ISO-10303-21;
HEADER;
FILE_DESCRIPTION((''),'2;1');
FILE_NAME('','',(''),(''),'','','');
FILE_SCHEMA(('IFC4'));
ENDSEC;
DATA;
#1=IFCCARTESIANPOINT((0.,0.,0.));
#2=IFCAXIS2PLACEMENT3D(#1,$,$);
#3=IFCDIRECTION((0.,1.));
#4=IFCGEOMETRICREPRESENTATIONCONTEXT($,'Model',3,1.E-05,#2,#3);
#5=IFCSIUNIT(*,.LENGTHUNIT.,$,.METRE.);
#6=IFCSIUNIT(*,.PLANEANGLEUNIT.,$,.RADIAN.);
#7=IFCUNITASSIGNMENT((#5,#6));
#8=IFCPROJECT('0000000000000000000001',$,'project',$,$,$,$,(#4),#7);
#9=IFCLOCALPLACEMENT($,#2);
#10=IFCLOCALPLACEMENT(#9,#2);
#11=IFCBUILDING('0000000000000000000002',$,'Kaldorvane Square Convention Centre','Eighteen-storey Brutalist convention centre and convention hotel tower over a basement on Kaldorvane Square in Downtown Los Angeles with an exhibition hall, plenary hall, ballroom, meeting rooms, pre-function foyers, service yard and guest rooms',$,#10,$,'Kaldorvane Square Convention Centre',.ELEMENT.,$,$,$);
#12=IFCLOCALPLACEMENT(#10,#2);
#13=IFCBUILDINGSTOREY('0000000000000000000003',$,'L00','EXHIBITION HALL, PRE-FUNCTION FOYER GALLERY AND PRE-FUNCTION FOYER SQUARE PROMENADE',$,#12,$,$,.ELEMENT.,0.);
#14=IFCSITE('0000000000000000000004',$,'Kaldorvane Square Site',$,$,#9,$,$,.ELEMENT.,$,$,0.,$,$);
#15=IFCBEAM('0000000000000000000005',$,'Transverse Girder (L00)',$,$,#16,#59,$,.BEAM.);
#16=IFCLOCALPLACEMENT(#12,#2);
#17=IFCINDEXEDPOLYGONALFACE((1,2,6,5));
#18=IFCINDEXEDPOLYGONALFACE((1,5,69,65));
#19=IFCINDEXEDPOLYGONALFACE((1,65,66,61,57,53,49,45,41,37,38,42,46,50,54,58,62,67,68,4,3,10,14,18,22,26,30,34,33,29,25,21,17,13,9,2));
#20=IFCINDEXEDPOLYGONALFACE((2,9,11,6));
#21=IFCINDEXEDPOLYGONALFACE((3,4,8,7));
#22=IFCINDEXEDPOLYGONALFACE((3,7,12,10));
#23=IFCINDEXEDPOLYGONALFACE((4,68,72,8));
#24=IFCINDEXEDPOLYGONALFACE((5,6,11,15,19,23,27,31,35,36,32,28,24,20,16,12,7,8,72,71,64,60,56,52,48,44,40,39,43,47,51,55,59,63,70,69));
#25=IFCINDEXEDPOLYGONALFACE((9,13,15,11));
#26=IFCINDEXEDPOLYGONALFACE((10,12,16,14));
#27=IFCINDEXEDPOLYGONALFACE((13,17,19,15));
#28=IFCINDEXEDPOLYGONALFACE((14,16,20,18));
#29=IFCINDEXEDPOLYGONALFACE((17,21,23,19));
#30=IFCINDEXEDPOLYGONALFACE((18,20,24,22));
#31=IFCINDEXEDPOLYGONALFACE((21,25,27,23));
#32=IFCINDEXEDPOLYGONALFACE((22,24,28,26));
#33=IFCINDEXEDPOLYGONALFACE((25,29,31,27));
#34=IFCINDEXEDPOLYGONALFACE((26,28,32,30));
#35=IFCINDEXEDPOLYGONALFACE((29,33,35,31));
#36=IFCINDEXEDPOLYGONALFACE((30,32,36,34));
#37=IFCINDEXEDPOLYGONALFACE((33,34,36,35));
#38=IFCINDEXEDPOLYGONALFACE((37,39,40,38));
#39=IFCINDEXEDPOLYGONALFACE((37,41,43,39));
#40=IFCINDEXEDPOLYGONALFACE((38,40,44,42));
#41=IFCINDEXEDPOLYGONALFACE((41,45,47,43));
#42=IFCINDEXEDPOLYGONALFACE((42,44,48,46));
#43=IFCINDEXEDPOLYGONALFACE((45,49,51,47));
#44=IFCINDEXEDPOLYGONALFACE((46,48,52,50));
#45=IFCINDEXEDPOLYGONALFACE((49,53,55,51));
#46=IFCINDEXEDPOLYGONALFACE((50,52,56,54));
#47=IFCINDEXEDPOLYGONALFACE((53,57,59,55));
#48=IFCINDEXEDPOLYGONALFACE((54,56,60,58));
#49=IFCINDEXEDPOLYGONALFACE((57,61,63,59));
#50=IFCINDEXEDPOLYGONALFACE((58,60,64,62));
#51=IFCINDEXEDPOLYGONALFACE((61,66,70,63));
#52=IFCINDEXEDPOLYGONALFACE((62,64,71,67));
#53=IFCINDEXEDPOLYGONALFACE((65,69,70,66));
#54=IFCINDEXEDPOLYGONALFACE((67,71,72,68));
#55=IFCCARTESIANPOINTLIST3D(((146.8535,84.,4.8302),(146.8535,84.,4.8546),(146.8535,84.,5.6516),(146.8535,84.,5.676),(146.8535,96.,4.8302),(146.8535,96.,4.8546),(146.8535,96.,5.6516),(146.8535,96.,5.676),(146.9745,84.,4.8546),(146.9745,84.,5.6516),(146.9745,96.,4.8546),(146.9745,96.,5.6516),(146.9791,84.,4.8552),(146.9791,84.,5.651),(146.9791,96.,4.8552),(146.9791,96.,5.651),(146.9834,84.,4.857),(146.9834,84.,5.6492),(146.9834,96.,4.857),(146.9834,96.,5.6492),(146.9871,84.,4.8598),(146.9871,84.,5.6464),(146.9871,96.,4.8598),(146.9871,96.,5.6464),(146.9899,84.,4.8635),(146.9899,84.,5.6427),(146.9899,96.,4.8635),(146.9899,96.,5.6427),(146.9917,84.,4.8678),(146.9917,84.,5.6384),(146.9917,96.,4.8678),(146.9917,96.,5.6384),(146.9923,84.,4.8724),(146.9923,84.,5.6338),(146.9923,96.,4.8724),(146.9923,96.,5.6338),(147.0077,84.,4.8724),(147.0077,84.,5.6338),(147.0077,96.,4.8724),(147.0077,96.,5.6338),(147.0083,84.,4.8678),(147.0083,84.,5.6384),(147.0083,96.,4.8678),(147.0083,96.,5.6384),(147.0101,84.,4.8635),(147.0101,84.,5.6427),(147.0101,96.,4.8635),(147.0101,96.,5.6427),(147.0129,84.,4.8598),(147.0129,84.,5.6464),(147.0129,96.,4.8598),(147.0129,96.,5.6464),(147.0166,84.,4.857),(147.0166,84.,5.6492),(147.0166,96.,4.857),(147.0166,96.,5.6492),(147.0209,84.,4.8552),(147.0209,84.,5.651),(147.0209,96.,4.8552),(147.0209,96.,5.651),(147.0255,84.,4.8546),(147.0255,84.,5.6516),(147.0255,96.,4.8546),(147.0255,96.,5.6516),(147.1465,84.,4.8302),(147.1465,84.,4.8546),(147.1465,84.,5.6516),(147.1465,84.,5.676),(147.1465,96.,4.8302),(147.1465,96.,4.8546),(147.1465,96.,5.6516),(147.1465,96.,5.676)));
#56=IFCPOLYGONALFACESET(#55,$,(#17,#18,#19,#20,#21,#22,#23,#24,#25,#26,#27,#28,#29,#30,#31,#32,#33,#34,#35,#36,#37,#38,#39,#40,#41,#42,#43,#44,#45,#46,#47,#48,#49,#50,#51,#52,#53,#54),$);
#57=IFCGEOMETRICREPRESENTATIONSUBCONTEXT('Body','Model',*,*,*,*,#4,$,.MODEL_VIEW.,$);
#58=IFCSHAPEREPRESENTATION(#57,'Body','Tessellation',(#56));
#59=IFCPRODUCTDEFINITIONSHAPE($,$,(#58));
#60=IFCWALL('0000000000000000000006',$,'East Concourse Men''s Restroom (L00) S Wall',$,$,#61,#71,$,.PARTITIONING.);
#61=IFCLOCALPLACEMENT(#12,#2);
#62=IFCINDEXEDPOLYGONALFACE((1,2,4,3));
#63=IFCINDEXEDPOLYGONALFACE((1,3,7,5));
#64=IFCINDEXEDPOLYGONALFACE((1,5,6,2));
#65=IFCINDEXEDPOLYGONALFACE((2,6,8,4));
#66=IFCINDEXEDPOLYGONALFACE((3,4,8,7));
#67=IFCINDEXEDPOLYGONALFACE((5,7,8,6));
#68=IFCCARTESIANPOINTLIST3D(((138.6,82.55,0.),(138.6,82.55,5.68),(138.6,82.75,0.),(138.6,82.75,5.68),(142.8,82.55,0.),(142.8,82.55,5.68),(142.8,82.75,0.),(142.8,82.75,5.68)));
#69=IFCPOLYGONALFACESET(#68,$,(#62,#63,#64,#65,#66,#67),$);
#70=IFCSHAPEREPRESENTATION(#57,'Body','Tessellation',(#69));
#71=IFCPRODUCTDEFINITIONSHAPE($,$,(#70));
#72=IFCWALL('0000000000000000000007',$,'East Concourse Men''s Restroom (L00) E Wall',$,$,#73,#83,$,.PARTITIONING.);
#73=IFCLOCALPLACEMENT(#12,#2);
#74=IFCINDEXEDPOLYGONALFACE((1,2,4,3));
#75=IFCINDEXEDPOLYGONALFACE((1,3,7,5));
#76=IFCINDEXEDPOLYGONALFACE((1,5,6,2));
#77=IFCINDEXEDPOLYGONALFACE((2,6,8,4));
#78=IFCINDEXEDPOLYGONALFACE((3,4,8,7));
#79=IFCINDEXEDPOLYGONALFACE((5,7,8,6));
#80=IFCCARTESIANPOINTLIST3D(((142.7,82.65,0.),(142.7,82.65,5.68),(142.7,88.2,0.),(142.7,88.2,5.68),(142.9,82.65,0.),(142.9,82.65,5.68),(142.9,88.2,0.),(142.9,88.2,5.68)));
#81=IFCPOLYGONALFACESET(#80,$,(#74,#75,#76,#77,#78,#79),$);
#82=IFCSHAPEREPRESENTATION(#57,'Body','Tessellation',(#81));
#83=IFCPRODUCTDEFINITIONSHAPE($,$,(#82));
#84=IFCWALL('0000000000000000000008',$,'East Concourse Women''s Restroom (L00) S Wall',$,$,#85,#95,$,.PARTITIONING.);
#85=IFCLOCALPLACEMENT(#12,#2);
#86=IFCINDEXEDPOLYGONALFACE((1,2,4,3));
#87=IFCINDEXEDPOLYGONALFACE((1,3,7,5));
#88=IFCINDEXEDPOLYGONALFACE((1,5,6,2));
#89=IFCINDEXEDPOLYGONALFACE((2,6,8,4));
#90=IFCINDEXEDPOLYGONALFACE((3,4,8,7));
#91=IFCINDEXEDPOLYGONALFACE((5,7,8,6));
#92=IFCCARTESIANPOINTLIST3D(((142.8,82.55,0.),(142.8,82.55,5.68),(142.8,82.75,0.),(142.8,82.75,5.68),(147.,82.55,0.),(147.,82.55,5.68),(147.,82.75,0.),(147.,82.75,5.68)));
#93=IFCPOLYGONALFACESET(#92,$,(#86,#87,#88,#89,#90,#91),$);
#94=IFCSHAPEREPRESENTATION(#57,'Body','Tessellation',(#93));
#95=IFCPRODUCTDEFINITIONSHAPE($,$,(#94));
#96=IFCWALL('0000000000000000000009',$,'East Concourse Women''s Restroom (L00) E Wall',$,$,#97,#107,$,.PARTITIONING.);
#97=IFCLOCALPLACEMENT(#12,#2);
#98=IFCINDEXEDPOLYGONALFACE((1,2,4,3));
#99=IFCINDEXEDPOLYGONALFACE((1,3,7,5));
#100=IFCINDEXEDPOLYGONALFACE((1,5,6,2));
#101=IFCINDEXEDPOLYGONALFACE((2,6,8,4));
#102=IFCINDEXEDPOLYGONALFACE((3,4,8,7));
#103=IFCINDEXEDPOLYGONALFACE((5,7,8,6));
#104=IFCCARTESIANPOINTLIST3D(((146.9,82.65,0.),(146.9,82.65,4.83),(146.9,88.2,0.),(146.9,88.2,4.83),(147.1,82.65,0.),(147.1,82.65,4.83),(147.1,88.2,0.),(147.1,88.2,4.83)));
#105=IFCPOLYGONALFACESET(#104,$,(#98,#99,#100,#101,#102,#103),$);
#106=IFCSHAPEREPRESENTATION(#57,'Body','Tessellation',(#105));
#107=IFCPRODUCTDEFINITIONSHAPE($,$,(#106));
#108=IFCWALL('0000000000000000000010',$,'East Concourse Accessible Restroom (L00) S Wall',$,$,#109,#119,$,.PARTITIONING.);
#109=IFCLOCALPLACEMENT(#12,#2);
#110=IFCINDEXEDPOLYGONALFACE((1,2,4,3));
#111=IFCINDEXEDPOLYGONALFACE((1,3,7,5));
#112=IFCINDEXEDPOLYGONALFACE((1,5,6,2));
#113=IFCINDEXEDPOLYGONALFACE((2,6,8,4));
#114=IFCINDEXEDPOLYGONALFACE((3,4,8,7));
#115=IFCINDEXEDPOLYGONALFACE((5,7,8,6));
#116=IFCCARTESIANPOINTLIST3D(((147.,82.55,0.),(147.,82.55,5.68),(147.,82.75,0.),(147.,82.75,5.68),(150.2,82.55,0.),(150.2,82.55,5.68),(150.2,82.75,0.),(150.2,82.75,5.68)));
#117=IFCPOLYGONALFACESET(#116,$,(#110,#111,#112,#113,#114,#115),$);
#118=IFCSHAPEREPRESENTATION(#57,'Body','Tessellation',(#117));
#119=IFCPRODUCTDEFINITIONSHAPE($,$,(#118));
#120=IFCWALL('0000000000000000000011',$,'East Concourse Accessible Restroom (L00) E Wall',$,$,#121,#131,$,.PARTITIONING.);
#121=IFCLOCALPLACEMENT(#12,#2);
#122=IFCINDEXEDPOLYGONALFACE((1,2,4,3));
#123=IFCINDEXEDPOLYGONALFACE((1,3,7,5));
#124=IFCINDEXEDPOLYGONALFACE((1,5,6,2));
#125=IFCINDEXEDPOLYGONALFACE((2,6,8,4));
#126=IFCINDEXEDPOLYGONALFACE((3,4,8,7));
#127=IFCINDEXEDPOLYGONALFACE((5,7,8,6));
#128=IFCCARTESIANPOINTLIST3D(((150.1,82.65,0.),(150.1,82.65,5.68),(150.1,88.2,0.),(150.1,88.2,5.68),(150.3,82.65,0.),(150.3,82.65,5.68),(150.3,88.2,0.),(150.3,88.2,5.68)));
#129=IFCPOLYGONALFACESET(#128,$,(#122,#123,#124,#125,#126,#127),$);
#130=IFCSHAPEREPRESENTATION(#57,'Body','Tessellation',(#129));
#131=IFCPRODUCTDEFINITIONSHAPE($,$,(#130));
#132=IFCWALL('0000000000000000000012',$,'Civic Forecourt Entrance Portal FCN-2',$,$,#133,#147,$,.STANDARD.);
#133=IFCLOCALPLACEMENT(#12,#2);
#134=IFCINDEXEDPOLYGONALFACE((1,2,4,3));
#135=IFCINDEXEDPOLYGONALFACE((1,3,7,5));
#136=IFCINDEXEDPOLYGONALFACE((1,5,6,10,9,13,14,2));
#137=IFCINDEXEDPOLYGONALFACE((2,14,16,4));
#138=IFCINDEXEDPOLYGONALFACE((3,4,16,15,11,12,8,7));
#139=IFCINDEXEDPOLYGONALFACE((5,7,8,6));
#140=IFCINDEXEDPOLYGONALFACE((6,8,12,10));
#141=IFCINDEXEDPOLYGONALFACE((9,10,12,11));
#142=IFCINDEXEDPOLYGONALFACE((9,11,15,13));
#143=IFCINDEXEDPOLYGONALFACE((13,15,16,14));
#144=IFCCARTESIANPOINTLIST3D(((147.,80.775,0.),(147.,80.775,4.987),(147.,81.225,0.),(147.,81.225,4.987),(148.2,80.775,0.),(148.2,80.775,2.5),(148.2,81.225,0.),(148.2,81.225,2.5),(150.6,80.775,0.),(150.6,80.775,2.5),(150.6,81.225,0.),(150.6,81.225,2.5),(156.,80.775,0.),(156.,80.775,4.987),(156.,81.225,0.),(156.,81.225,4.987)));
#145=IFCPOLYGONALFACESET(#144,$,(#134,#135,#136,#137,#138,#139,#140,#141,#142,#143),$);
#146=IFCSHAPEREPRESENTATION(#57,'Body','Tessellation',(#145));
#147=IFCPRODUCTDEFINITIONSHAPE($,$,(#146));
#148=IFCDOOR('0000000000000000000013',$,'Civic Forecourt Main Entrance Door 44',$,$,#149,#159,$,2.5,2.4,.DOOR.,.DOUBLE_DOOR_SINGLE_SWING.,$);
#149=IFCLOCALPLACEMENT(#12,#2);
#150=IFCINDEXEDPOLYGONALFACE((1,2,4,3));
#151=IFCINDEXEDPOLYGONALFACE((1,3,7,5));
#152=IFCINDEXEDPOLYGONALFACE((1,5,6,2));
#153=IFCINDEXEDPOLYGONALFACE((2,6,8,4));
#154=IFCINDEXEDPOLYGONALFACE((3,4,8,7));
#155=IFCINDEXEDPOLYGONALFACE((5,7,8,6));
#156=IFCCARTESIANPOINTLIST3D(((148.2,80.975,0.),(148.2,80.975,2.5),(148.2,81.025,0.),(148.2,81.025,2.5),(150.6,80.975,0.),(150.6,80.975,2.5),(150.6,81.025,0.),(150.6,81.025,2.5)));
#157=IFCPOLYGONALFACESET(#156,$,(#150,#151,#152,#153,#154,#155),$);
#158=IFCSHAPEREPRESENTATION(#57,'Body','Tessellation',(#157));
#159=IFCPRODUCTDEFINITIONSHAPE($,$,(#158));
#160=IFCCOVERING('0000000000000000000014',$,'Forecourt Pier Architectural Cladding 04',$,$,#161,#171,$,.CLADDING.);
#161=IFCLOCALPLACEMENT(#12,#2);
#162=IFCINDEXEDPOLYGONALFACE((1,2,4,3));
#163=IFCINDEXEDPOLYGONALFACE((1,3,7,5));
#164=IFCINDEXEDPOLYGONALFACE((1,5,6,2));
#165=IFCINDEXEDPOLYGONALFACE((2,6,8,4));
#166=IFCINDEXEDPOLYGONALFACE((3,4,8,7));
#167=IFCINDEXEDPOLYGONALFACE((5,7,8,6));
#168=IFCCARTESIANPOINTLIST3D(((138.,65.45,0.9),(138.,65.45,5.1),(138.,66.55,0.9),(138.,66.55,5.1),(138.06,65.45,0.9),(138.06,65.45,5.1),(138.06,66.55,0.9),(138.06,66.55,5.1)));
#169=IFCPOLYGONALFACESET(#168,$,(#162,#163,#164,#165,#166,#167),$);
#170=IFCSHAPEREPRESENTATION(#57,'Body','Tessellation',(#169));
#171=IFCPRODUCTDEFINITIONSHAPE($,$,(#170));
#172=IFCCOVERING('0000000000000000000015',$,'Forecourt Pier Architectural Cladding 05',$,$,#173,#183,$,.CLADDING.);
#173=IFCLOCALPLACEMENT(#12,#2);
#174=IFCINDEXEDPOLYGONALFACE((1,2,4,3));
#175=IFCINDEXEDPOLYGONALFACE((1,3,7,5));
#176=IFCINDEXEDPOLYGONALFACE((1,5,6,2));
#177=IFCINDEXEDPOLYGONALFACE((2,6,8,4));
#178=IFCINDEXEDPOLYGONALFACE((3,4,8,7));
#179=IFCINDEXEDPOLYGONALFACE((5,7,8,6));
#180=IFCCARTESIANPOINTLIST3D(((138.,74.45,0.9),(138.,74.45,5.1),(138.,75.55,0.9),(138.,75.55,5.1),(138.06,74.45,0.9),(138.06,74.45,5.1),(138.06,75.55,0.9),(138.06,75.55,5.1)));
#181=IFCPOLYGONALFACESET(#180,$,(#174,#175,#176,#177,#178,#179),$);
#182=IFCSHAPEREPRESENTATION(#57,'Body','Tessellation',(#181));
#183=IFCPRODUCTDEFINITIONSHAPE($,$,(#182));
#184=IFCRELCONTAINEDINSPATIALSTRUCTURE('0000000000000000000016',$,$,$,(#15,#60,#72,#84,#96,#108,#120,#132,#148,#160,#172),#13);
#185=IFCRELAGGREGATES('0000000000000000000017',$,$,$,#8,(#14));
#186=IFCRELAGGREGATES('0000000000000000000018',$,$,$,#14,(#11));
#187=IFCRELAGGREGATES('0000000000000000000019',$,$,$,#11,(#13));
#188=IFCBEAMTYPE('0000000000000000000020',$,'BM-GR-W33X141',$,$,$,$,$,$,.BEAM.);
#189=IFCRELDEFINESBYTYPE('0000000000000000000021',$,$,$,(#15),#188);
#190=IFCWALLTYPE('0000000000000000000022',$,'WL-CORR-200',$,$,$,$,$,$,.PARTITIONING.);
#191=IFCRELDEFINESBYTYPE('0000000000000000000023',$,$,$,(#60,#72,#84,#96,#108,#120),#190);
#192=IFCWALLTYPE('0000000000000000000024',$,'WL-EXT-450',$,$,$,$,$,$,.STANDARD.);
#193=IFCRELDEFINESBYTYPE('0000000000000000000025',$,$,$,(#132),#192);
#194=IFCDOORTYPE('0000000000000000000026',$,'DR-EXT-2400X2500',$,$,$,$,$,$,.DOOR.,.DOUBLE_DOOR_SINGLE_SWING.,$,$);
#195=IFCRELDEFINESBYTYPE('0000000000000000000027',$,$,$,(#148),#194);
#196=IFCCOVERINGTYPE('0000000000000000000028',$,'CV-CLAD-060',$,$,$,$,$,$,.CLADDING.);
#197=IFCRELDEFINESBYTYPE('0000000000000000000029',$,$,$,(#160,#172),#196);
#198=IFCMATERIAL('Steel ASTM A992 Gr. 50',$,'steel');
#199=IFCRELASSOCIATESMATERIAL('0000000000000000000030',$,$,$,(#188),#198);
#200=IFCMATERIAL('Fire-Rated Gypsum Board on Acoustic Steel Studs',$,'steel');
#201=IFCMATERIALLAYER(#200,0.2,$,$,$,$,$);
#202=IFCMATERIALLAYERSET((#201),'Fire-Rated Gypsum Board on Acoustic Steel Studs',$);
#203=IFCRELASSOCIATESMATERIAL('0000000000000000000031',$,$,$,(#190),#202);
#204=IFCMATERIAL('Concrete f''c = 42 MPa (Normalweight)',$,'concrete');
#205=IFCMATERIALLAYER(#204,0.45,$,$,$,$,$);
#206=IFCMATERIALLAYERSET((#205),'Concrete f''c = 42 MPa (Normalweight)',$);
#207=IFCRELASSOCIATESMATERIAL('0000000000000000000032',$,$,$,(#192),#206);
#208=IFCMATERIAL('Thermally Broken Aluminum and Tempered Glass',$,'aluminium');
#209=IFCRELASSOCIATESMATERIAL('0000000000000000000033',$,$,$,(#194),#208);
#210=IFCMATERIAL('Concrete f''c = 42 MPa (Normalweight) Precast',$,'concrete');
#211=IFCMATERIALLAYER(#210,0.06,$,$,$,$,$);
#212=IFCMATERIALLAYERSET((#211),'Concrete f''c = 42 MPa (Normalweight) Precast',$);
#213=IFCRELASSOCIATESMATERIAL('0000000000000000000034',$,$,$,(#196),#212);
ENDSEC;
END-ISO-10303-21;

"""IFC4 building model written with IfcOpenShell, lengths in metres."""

from ifc_helpers import new_model, si_unit, direction, frame, frame_2d, origin, origin_2d, place, context, subcontext, project, spatial, rectangle, i_section, extrude, material, layer, layer_set, material_profile, profile_set, type_object, element, fill, save


model = new_model("IFC4")

# Units and contexts
model_context = context("Model", 3, precision=1e-05, world=origin(), true_north=direction((0.0, 1.0)))
body_context = subcontext(model_context, "Body", "Model", "MODEL_VIEW")
ifc_project = project(units=[si_unit("LENGTHUNIT", "METRE"), si_unit("PLANEANGLEUNIT", "RADIAN")], contexts=[model_context])

# Site, building, storey
site_placement = place(None, origin())
site = spatial("IfcSite", under=ifc_project, at=site_placement, Name="Kaldorvane Square Site", CompositionType="ELEMENT", RefElevation=0.0)
building_placement = place(site_placement, origin())
building = spatial("IfcBuilding", under=site, at=building_placement, Name="Kaldorvane Square Convention Centre", Description="Eighteen-storey Brutalist convention centre and convention hotel tower over a basement on Kaldorvane Square in Downtown Los Angeles with an exhibition hall, plenary hall, ballroom, meeting rooms, pre-function foyers, service yard and guest rooms", LongName="Kaldorvane Square Convention Centre", CompositionType="ELEMENT")
storey_placement = place(building_placement, origin())
storey = spatial("IfcBuildingStorey", under=building, at=storey_placement, Name="L00", Description="EXHIBITION HALL, PRE-FUNCTION FOYER GALLERY AND PRE-FUNCTION FOYER SQUARE PROMENADE", CompositionType="ELEMENT", Elevation=0.0)

# Shared definitions
ifc_material_1 = material(Name="Steel ASTM A992 Gr. 50", Category="steel")

# Beam
ifc_material_profile_1 = material_profile(ifc_material_1, i_section(OverallWidth=0.293, OverallDepth=0.8458, WebThickness=0.0154, FlangeThickness=0.0244, FilletRadius=0.0178, at=origin_2d()), Name="W33X141")
ifc_profile_set_1 = profile_set([ifc_material_profile_1], Name="Steel ASTM A992 Gr. 50")
beam_type_1 = type_object("IfcBeamType", Name="BM-GR-W33X141", PredefinedType="BEAM", material=ifc_profile_set_1)
for number, where, z_axis, x_axis, name in (
    (1, (147.0, 84.0, 5.2531), (0.0, 1.0, 0.0), (-1.0, 0.0, 0.0), "Transverse Girder (L00)"),
):
    element("IfcBeam", number, at=place(storey_placement, frame(where, z_axis=z_axis, x_axis=x_axis)), inside=storey, type_object=beam_type_1, Name=name, PredefinedType="BEAM", context=body_context, shape_type="SweptSolid", body=[
        extrude(i_section(OverallWidth=0.293, OverallDepth=0.8458, WebThickness=0.0154, FlangeThickness=0.0244, FilletRadius=0.0178, at=origin_2d()), origin(), (0.0, 0.0, 1.0), 12.0),
    ])

# Walls
ifc_material_2 = material(Name="Fire-Rated Gypsum Board on Acoustic Steel Studs", Category="steel")
ifc_layer_1 = layer(ifc_material_2, 0.2)
ifc_layer_set_1 = layer_set([ifc_layer_1], Name="Fire-Rated Gypsum Board on Acoustic Steel Studs")
wall_type_1 = type_object("IfcWallType", Name="WL-CORR-200", PredefinedType="PARTITIONING", material=ifc_layer_set_1)
wall_1_placement = place(storey_placement, frame((138.6, 82.65, 0.0), z_axis=(0.0, 0.0, 1.0), x_axis=(1.0, 0.0, 0.0)))
element("IfcWall", 2, at=wall_1_placement, inside=storey, type_object=wall_type_1, Name="East Concourse Men's Restroom (L00) S Wall", PredefinedType="PARTITIONING", context=body_context, shape_type="SweptSolid", body=[
    extrude(rectangle(XDim=4.2, YDim=0.2, at=frame_2d((2.1, 0.0))), origin(), (0.0, 0.0, 1.0), 5.68),
])
wall_2_placement = place(storey_placement, frame((142.8, 82.65, 0.0), z_axis=(0.0, 0.0, 1.0), x_axis=(0.0, 1.0, 0.0)))
element("IfcWall", 3, at=wall_2_placement, inside=storey, type_object=wall_type_1, Name="East Concourse Men's Restroom (L00) E Wall", PredefinedType="PARTITIONING", context=body_context, shape_type="SweptSolid", body=[
    extrude(rectangle(XDim=5.55, YDim=0.2, at=frame_2d((2.775, 0.0))), origin(), (0.0, 0.0, 1.0), 5.68),
])
wall_3_placement = place(storey_placement, frame((142.8, 82.65, 0.0), z_axis=(0.0, 0.0, 1.0), x_axis=(1.0, 0.0, 0.0)))
element("IfcWall", 4, at=wall_3_placement, inside=storey, type_object=wall_type_1, Name="East Concourse Women's Restroom (L00) S Wall", PredefinedType="PARTITIONING", context=body_context, shape_type="SweptSolid", body=[
    extrude(rectangle(XDim=4.2, YDim=0.2, at=frame_2d((2.1, 0.0))), origin(), (0.0, 0.0, 1.0), 5.68),
])
wall_4_placement = place(storey_placement, frame((147.0, 82.65, 0.0), z_axis=(0.0, 0.0, 1.0), x_axis=(0.0, 1.0, 0.0)))
element("IfcWall", 5, at=wall_4_placement, inside=storey, type_object=wall_type_1, Name="East Concourse Women's Restroom (L00) E Wall", PredefinedType="PARTITIONING", context=body_context, shape_type="SweptSolid", body=[
    extrude(rectangle(XDim=5.55, YDim=0.2, at=frame_2d((2.775, 0.0))), origin(), (0.0, 0.0, 1.0), 4.83),
])
wall_5_placement = place(storey_placement, frame((147.0, 82.65, 0.0), z_axis=(0.0, 0.0, 1.0), x_axis=(1.0, 0.0, 0.0)))
element("IfcWall", 6, at=wall_5_placement, inside=storey, type_object=wall_type_1, Name="East Concourse Accessible Restroom (L00) S Wall", PredefinedType="PARTITIONING", context=body_context, shape_type="SweptSolid", body=[
    extrude(rectangle(XDim=3.2, YDim=0.2, at=frame_2d((1.6, 0.0))), origin(), (0.0, 0.0, 1.0), 5.68),
])
wall_6_placement = place(storey_placement, frame((150.2, 82.65, 0.0), z_axis=(0.0, 0.0, 1.0), x_axis=(0.0, 1.0, 0.0)))
element("IfcWall", 7, at=wall_6_placement, inside=storey, type_object=wall_type_1, Name="East Concourse Accessible Restroom (L00) E Wall", PredefinedType="PARTITIONING", context=body_context, shape_type="SweptSolid", body=[
    extrude(rectangle(XDim=5.55, YDim=0.2, at=frame_2d((2.775, 0.0))), origin(), (0.0, 0.0, 1.0), 5.68),
])

# Wall, opening, door
ifc_material_3 = material(Name="Concrete f'c = 42 MPa (Normalweight)", Category="concrete")
ifc_layer_2 = layer(ifc_material_3, 0.45)
ifc_layer_set_2 = layer_set([ifc_layer_2], Name="Concrete f'c = 42 MPa (Normalweight)")
wall_type_2 = type_object("IfcWallType", Name="WL-EXT-450", PredefinedType="STANDARD", material=ifc_layer_set_2)
wall_7_placement = place(storey_placement, frame((147.0, 81.0, 0.0), z_axis=(0.0, 0.0, 1.0), x_axis=(1.0, 0.0, 0.0)))
wall_7 = element("IfcWall", 8, at=wall_7_placement, inside=storey, type_object=wall_type_2, Name="Civic Forecourt Entrance Portal FCN-2", PredefinedType="STANDARD", context=body_context, shape_type="SweptSolid", body=[
    extrude(rectangle(XDim=9.0, YDim=0.45, at=frame_2d((4.5, 0.0))), origin(), (0.0, 0.0, 1.0), 4.987),
])
opening_placement = place(wall_7_placement, frame((1.2, 0.0, 0.0)))
opening = element("IfcOpeningElement", 9, at=opening_placement, cuts=wall_7, PredefinedType="OPENING", context=body_context, shape_type="SweptSolid", body=[
    extrude(rectangle(XDim=2.4, YDim=2.5, at=frame_2d((1.2, 1.25))), frame((0.0, 0.24, 0.0), z_axis=(0.0, -1.0, 0.0), x_axis=(1.0, 0.0, 0.0)), (0.0, 0.0, 1.0), 0.48),
])
ifc_material_4 = material(Name="Thermally Broken Aluminum and Tempered Glass", Category="aluminium")
door_type = type_object("IfcDoorType", Name="DR-EXT-2400X2500", OperationType="DOUBLE_DOOR_SINGLE_SWING", PredefinedType="DOOR", material=ifc_material_4)
door_placement = place(opening_placement, origin())
door = element("IfcDoor", 10, at=door_placement, inside=storey, type_object=door_type, Name="Civic Forecourt Main Entrance Door 44", OperationType="DOUBLE_DOOR_SINGLE_SWING", OverallHeight=2.5, OverallWidth=2.4, PredefinedType="DOOR", context=body_context, shape_type="SweptSolid", body=[
    extrude(rectangle(XDim=2.4, YDim=2.5, at=frame_2d((1.2, 1.25))), frame((0.0, 0.025, 0.0), z_axis=(0.0, -1.0, 0.0), x_axis=(1.0, 0.0, 0.0)), (0.0, 0.0, 1.0), 0.05),
])
fill(opening, door)

# Coverings
ifc_material_5 = material(Name="Concrete f'c = 42 MPa (Normalweight) Precast", Category="concrete")
ifc_layer_3 = layer(ifc_material_5, 0.06)
ifc_layer_set_3 = layer_set([ifc_layer_3], Name="Concrete f'c = 42 MPa (Normalweight) Precast")
covering_type = type_object("IfcCoveringType", Name="CV-CLAD-060", PredefinedType="CLADDING", material=ifc_layer_set_3)
for number, where, z_axis, x_axis, name in (
    (11, (138.03, 66.0, 0.9), (0.0, 0.0, 1.0), (1.0, 0.0, 0.0), "Forecourt Pier Architectural Cladding 04"),
    (12, (138.03, 75.0, 0.9), (0.0, 0.0, 1.0), (1.0, 0.0, 0.0), "Forecourt Pier Architectural Cladding 05"),
):
    element("IfcCovering", number, at=place(storey_placement, frame(where, z_axis=z_axis, x_axis=x_axis)), inside=storey, type_object=covering_type, Name=name, PredefinedType="CLADDING", context=body_context, shape_type="SweptSolid", body=[
        extrude(rectangle(XDim=0.06, YDim=1.1, at=origin_2d()), origin(), (0.0, 0.0, 1.0), 4.2),
    ])

save(model, "model.ifc")
